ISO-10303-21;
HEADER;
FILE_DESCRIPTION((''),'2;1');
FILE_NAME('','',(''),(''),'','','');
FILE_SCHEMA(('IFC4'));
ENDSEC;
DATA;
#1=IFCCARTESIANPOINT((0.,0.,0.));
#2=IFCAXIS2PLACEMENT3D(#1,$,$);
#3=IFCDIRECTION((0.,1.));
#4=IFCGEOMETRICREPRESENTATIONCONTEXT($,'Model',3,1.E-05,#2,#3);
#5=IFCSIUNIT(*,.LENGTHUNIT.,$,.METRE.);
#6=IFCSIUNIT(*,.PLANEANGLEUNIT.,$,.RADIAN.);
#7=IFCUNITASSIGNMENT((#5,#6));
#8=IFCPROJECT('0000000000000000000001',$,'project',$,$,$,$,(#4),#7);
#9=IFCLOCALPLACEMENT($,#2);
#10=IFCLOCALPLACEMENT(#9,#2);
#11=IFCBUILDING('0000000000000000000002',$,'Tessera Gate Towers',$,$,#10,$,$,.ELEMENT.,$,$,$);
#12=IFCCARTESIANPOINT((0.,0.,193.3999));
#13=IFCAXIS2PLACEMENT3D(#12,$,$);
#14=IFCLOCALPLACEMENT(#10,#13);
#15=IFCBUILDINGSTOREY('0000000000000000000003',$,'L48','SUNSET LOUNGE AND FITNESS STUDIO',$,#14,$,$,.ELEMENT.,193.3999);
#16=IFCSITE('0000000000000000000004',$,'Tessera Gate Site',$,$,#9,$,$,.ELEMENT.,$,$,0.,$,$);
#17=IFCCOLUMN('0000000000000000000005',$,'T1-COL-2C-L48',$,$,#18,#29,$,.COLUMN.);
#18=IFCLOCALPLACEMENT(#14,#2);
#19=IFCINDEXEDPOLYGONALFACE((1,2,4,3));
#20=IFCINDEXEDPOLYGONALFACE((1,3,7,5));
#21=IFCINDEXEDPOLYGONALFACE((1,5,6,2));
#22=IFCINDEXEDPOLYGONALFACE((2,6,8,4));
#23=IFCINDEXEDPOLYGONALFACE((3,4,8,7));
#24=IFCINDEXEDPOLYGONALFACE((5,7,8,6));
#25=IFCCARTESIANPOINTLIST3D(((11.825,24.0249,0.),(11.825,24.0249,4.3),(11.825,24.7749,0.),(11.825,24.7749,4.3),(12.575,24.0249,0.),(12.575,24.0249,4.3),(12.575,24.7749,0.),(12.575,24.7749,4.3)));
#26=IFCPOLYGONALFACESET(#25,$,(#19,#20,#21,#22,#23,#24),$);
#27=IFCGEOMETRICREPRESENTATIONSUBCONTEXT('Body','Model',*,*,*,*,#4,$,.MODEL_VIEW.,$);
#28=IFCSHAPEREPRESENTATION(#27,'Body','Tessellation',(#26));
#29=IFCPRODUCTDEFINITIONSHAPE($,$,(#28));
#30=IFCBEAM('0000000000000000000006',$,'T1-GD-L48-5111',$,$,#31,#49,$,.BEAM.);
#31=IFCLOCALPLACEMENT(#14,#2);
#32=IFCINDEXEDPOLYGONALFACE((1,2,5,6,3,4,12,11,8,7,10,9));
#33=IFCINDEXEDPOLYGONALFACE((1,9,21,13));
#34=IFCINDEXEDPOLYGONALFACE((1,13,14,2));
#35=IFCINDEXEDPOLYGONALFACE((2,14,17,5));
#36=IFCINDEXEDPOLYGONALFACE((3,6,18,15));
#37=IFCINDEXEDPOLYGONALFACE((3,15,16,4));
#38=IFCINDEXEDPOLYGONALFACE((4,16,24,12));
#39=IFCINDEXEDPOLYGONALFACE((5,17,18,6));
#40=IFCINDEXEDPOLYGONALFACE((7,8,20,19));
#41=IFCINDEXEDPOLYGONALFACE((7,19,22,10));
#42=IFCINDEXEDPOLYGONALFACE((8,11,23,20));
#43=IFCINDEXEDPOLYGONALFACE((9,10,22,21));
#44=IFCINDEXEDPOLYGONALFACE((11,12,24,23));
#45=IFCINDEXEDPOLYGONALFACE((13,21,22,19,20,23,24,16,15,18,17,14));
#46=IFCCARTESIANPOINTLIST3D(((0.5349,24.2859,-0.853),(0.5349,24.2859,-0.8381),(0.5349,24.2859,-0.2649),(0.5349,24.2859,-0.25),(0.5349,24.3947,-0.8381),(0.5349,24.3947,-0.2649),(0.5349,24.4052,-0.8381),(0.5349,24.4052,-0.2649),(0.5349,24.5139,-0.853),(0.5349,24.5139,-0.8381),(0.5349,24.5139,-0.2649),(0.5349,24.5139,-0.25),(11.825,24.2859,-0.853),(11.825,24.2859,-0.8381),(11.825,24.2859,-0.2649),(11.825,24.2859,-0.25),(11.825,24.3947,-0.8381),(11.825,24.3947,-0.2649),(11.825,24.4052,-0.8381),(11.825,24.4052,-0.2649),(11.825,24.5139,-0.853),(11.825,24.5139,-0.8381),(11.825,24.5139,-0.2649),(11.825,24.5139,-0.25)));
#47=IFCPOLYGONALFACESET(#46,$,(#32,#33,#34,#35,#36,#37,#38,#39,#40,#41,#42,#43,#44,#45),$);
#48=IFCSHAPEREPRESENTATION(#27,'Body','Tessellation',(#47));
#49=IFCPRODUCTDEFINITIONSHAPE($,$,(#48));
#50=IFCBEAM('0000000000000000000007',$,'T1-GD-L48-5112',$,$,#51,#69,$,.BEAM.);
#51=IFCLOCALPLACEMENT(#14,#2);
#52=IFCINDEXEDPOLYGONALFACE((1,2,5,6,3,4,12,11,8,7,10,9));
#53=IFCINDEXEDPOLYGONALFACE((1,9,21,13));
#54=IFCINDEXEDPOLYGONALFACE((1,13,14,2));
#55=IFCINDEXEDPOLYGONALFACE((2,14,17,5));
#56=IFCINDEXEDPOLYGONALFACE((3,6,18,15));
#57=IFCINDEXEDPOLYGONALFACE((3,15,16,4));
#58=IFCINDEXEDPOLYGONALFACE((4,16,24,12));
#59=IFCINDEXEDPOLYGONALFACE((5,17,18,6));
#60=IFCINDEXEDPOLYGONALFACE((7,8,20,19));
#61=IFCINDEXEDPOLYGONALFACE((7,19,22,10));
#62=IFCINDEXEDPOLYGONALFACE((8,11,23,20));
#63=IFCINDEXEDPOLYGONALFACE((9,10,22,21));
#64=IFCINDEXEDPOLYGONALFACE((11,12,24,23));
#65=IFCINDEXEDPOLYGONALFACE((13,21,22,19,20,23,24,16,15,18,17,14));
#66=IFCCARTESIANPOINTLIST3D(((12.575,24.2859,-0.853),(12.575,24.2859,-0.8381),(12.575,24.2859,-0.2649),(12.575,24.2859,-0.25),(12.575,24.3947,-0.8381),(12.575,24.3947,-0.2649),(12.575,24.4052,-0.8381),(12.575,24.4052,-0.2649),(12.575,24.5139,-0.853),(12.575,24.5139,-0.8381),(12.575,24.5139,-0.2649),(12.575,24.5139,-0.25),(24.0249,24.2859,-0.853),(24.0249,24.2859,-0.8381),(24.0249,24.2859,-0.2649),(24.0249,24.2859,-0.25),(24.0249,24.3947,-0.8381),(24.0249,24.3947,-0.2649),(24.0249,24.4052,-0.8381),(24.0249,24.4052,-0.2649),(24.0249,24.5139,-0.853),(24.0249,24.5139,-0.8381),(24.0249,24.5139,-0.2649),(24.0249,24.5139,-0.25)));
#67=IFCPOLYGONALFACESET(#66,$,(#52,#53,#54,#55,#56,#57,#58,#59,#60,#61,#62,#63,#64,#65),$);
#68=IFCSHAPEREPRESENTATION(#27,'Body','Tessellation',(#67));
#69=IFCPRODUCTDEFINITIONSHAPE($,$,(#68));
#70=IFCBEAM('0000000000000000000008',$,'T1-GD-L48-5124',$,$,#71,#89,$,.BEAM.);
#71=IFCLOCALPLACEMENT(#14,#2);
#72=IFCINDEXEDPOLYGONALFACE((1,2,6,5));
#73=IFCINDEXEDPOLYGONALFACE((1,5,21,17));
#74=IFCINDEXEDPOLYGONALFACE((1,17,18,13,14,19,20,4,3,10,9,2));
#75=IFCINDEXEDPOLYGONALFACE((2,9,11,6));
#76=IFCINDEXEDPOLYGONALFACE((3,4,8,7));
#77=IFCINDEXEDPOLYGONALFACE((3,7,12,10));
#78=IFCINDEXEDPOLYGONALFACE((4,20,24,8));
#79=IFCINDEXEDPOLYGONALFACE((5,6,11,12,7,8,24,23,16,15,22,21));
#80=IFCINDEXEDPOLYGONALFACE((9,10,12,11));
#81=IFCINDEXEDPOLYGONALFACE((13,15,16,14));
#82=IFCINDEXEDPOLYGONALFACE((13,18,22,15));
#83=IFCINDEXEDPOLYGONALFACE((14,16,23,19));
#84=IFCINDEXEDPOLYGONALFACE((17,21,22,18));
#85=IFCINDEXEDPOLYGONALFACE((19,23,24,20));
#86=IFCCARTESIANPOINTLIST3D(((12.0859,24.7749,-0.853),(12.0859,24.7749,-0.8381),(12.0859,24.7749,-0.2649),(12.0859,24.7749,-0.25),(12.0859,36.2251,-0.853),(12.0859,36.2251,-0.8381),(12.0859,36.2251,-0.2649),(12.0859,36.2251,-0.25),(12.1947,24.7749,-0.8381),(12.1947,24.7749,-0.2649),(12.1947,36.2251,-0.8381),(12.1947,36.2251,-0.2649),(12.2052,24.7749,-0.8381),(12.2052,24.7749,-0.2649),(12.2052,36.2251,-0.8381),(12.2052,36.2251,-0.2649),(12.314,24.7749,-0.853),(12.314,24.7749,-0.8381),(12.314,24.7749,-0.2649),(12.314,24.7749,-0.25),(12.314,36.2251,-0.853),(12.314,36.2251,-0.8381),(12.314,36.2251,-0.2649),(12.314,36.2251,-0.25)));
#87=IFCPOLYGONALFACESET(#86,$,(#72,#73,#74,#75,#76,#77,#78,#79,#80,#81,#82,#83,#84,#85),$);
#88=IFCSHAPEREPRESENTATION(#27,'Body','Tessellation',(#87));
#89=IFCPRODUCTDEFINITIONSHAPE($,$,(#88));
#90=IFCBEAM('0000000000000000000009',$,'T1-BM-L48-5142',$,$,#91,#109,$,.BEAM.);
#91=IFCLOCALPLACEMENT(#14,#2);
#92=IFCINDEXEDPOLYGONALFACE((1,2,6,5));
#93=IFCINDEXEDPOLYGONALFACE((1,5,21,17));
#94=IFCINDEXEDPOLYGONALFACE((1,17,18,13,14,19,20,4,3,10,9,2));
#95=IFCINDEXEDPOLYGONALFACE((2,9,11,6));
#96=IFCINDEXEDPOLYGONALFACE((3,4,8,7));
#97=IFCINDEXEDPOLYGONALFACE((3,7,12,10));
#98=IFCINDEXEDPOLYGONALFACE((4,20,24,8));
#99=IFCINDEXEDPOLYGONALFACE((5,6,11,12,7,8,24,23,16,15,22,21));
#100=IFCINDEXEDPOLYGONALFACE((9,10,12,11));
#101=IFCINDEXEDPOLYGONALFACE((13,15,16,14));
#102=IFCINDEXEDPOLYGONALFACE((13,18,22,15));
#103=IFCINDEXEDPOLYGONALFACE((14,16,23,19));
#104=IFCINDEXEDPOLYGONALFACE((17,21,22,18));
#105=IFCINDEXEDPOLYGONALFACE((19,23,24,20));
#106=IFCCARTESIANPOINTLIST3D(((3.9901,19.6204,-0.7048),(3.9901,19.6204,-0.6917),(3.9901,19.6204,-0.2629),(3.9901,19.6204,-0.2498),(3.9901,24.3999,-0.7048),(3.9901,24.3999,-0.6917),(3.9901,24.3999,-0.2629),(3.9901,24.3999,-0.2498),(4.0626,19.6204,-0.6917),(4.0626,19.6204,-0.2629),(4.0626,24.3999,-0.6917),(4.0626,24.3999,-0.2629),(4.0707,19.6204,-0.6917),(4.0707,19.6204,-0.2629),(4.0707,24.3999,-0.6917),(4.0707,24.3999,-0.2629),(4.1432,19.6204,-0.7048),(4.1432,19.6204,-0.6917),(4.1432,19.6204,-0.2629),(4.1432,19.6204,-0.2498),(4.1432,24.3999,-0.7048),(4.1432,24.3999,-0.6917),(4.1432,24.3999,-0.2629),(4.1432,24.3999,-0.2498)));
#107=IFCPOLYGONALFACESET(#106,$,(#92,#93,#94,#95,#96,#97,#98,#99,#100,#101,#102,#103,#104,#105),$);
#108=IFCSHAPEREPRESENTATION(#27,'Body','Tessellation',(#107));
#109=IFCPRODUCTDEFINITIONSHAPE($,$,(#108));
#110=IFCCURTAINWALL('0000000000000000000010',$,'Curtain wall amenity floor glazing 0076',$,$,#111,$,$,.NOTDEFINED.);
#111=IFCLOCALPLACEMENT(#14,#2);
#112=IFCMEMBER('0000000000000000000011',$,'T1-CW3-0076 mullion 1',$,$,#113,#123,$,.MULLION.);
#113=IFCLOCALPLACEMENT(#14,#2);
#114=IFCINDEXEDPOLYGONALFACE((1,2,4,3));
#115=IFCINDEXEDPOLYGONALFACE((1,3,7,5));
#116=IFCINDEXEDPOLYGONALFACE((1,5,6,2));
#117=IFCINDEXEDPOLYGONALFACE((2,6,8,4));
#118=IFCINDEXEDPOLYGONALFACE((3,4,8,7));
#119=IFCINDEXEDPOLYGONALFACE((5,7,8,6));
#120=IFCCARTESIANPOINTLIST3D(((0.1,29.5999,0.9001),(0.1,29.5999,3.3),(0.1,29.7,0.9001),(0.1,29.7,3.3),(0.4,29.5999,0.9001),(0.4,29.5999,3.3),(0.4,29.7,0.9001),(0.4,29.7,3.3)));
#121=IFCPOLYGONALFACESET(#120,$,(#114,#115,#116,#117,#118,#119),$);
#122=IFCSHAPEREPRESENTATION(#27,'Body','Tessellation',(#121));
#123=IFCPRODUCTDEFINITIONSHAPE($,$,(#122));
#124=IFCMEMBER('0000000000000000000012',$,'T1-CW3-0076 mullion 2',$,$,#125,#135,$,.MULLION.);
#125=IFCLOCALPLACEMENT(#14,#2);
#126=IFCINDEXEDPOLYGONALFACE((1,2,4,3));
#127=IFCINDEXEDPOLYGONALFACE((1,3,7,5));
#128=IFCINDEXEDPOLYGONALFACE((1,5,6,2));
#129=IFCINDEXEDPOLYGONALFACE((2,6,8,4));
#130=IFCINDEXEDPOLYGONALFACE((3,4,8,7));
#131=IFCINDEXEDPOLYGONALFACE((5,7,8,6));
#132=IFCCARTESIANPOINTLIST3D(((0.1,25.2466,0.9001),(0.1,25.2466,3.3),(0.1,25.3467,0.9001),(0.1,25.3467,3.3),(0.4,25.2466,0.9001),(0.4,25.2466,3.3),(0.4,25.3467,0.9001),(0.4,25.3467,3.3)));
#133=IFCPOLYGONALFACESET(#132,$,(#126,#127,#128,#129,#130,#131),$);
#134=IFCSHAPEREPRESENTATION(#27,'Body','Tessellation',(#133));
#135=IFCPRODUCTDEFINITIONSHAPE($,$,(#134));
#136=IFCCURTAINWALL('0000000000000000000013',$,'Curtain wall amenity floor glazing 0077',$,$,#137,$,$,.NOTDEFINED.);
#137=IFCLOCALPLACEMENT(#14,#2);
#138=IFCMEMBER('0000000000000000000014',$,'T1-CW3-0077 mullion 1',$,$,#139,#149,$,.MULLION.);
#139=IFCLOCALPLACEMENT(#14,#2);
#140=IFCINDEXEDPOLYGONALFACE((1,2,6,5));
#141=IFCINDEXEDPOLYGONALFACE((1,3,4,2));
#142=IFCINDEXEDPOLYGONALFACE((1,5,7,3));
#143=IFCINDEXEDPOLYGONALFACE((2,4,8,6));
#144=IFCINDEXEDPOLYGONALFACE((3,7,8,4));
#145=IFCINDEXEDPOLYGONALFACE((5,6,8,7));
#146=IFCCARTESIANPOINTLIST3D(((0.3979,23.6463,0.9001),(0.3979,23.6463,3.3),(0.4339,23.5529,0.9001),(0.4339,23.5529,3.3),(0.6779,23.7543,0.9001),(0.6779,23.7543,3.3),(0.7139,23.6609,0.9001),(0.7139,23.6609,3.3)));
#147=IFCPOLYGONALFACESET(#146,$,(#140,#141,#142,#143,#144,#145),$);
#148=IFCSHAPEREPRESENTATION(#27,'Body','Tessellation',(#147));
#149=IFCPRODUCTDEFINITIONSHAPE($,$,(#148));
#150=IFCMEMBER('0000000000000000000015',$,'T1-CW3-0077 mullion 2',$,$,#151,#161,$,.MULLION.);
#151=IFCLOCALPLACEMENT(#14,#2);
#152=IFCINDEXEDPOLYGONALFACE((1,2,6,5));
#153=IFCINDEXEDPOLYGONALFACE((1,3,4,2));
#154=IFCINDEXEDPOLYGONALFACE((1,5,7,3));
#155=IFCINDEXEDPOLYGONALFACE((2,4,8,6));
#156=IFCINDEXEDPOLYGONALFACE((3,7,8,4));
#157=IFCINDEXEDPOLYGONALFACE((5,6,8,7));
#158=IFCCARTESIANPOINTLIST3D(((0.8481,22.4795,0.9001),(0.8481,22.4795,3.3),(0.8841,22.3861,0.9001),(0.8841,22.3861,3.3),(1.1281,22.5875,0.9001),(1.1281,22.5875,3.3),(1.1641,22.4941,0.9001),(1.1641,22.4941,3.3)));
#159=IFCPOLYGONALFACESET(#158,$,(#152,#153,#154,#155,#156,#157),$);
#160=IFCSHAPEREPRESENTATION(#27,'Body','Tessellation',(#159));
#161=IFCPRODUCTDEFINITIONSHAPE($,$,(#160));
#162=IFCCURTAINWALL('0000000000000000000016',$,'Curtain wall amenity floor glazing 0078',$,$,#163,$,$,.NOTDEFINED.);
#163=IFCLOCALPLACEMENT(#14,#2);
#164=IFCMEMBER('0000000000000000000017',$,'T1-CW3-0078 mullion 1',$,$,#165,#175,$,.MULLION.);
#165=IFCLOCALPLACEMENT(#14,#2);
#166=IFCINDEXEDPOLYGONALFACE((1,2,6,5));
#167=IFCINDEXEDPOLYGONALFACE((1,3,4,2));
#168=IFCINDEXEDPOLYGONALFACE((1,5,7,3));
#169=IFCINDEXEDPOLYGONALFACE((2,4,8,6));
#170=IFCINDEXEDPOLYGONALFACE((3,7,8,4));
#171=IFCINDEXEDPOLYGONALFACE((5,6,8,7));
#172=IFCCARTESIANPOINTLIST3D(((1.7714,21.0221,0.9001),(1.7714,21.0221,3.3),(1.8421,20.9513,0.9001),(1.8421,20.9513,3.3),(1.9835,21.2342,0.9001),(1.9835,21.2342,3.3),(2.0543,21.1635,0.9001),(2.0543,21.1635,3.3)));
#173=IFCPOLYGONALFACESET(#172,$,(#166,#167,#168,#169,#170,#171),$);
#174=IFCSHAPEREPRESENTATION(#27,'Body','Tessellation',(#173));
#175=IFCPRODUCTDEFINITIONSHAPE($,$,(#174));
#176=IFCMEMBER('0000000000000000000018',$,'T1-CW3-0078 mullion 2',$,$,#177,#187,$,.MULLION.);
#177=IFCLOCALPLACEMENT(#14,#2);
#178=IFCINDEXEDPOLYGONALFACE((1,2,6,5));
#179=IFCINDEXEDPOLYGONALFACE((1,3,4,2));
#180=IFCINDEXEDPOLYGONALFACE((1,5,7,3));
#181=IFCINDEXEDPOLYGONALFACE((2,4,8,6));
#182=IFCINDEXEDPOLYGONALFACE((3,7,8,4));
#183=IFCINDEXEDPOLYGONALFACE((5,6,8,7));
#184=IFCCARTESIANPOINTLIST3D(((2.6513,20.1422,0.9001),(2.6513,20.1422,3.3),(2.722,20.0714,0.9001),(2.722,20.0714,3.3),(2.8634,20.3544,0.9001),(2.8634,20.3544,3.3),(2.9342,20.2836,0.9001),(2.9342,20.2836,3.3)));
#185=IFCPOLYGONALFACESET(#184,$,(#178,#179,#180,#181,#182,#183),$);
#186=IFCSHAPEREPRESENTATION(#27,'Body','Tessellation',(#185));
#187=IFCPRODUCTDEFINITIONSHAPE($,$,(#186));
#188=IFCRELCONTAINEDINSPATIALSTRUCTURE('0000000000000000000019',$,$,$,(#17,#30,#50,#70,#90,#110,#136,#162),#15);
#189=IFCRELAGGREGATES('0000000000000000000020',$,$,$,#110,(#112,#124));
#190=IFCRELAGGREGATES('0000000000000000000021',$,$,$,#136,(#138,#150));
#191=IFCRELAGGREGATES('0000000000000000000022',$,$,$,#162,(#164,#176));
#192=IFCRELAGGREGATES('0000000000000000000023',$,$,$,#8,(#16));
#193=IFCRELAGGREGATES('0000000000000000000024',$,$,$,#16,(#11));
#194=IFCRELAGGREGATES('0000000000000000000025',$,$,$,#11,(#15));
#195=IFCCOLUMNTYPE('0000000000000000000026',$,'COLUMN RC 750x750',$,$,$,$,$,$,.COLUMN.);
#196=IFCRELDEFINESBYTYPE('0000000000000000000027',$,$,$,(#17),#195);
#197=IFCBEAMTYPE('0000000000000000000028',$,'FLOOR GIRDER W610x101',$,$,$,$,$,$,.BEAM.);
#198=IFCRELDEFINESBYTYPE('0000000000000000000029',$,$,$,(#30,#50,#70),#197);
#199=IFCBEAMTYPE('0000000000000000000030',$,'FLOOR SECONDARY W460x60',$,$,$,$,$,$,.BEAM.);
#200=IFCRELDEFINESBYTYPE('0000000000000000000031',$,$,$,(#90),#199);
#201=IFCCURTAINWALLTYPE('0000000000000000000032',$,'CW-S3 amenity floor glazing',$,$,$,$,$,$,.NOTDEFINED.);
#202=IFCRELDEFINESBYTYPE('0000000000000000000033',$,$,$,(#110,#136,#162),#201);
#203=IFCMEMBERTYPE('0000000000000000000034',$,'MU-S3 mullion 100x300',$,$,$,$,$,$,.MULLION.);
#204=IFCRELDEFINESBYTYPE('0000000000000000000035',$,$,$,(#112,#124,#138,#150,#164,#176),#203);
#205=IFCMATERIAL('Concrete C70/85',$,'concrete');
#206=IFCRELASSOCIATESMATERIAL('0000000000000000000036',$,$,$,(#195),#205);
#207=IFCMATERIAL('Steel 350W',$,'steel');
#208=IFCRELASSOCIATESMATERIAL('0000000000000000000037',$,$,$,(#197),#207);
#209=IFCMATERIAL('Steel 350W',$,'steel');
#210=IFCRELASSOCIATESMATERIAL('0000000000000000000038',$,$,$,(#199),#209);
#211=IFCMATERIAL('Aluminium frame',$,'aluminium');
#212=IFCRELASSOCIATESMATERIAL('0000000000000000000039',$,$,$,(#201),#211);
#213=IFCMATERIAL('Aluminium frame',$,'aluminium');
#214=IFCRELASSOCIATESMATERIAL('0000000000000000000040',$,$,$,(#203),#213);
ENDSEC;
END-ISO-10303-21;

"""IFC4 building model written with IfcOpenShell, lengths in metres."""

from ifc_helpers import new_model, si_unit, direction, frame, origin, origin_2d, place, context, subcontext, project, spatial, rectangle, i_section, extrude, material, material_profile, profile_set, type_object, element, aggregate, save


model = new_model("IFC4")

# Units and contexts
model_context = context("Model", 3, precision=1e-05, world=origin(), true_north=direction((0.0, 1.0)))
body_context = subcontext(model_context, "Body", "Model", "MODEL_VIEW")
ifc_project = project(units=[si_unit("LENGTHUNIT", "METRE"), si_unit("PLANEANGLEUNIT", "RADIAN")], contexts=[model_context])

# Site, building, storey
site_placement = place(None, origin())
site = spatial("IfcSite", under=ifc_project, at=site_placement, Name="Tessera Gate Site", CompositionType="ELEMENT", RefElevation=0.0)
building_placement = place(site_placement, origin())
building = spatial("IfcBuilding", under=site, at=building_placement, Name="Tessera Gate Towers", CompositionType="ELEMENT")
storey_placement = place(building_placement, frame((0.0, 0.0, 193.3999)))
storey = spatial("IfcBuildingStorey", under=building, at=storey_placement, Name="L48", Description="SUNSET LOUNGE AND FITNESS STUDIO", CompositionType="ELEMENT", Elevation=193.3999)

# Column
ifc_material_1 = material(Name="Concrete C70/85", Category="concrete")
ifc_material_profile_1 = material_profile(ifc_material_1, rectangle(XDim=0.75, YDim=0.75, at=origin_2d()), Name="RC 750x750")
ifc_profile_set_1 = profile_set([ifc_material_profile_1], Name="Concrete C70/85")
column_type = type_object("IfcColumnType", Name="COLUMN RC 750x750", PredefinedType="COLUMN", material=ifc_profile_set_1)
column_placement = place(storey_placement, frame((12.2, 24.3999, 0.0), z_axis=(0.0, 0.0, 1.0), x_axis=(1.0, 0.0, 0.0)))
element("IfcColumn", 1, at=column_placement, inside=storey, type_object=column_type, Name="T1-COL-2C-L48", PredefinedType="COLUMN", context=body_context, shape_type="SweptSolid", body=[
    extrude(rectangle(XDim=0.75, YDim=0.75, at=origin_2d()), origin(), (0.0, 0.0, 1.0), 4.3),
])

# Beams
ifc_material_2 = material(Name="Steel 350W", Category="steel")
ifc_material_profile_2 = material_profile(ifc_material_2, i_section(OverallWidth=0.228, OverallDepth=0.603, WebThickness=0.0105, FlangeThickness=0.0149, at=origin_2d()), Name="W610x101")
ifc_profile_set_2 = profile_set([ifc_material_profile_2], Name="Steel 350W")
beam_type_1 = type_object("IfcBeamType", Name="FLOOR GIRDER W610x101", PredefinedType="BEAM", material=ifc_profile_set_2)
beam_1_placement = place(storey_placement, frame((0.5349, 24.3999, -0.5515), z_axis=(1.0, 0.0, 0.0), x_axis=(0.0, 1.0, 0.0)))
element("IfcBeam", 2, at=beam_1_placement, inside=storey, type_object=beam_type_1, Name="T1-GD-L48-5111", PredefinedType="BEAM", context=body_context, shape_type="SweptSolid", body=[
    extrude(i_section(OverallWidth=0.228, OverallDepth=0.603, WebThickness=0.0105, FlangeThickness=0.0149, at=origin_2d()), origin(), (0.0, 0.0, 1.0), 11.29),
])
beam_2_placement = place(storey_placement, frame((12.575, 24.3999, -0.5515), z_axis=(1.0, 0.0, 0.0), x_axis=(0.0, 1.0, 0.0)))
element("IfcBeam", 3, at=beam_2_placement, inside=storey, type_object=beam_type_1, Name="T1-GD-L48-5112", PredefinedType="BEAM", context=body_context, shape_type="SweptSolid", body=[
    extrude(i_section(OverallWidth=0.228, OverallDepth=0.603, WebThickness=0.0105, FlangeThickness=0.0149, at=origin_2d()), origin(), (0.0, 0.0, 1.0), 11.45),
])
beam_3_placement = place(storey_placement, frame((12.2, 24.7749, -0.5515), z_axis=(0.0, 1.0, 0.0), x_axis=(-1.0, 0.0, 0.0)))
element("IfcBeam", 4, at=beam_3_placement, inside=storey, type_object=beam_type_1, Name="T1-GD-L48-5124", PredefinedType="BEAM", context=body_context, shape_type="SweptSolid", body=[
    extrude(i_section(OverallWidth=0.228, OverallDepth=0.603, WebThickness=0.0105, FlangeThickness=0.0149, at=origin_2d()), origin(), (0.0, 0.0, 1.0), 11.4502),
])
ifc_material_3 = material(Name="Steel 350W", Category="steel")
ifc_material_profile_3 = material_profile(ifc_material_3, i_section(OverallWidth=0.1531, OverallDepth=0.4551, WebThickness=0.0081, FlangeThickness=0.0132, at=origin_2d()), Name="W460x60")
ifc_profile_set_3 = profile_set([ifc_material_profile_3], Name="Steel 350W")
beam_type_2 = type_object("IfcBeamType", Name="FLOOR SECONDARY W460x60", PredefinedType="BEAM", material=ifc_profile_set_3)
beam_4_placement = place(storey_placement, frame((4.0667, 19.6204, -0.4773), z_axis=(0.0, 1.0, 0.0), x_axis=(-1.0, 0.0, 0.0)))
element("IfcBeam", 5, at=beam_4_placement, inside=storey, type_object=beam_type_2, Name="T1-BM-L48-5142", PredefinedType="BEAM", context=body_context, shape_type="SweptSolid", body=[
    extrude(i_section(OverallWidth=0.1531, OverallDepth=0.4551, WebThickness=0.0081, FlangeThickness=0.0132, at=origin_2d()), origin(), (0.0, 0.0, 1.0), 4.7795),
])

# Curtain walls, members
ifc_material_4 = material(Name="Aluminium frame", Category="aluminium")
curtain_wall_type = type_object("IfcCurtainWallType", Name="CW-S3 amenity floor glazing", PredefinedType="NOTDEFINED", material=ifc_material_4)
curtain_wall_1_placement = place(storey_placement, origin())
curtain_wall_1 = element("IfcCurtainWall", 6, at=curtain_wall_1_placement, inside=storey, type_object=curtain_wall_type, Name="Curtain wall amenity floor glazing 0076", PredefinedType="NOTDEFINED")
ifc_material_5 = material(Name="Aluminium frame", Category="aluminium")
ifc_material_profile_4 = material_profile(ifc_material_5, rectangle(XDim=0.1001, YDim=0.3, at=origin_2d()), Name="AL 100x300")
ifc_profile_set_4 = profile_set([ifc_material_profile_4], Name="Aluminium frame")
member_type_1 = type_object("IfcMemberType", Name="MU-S3 mullion 100x300", PredefinedType="MULLION", material=ifc_profile_set_4)
member_1_placement = place(storey_placement, frame((0.25, 29.6499, 0.9001), z_axis=(0.0, 0.0, 1.0), x_axis=(0.0, -1.0, 0.0)))
member_1 = element("IfcMember", 7, at=member_1_placement, type_object=member_type_1, Name="T1-CW3-0076 mullion 1", PredefinedType="MULLION", context=body_context, shape_type="SweptSolid", body=[
    extrude(rectangle(XDim=0.1001, YDim=0.3, at=origin_2d()), origin(), (0.0, 0.0, 1.0), 2.3999),
])
member_2_placement = place(storey_placement, frame((0.25, 25.2966, 0.9001), z_axis=(0.0, 0.0, 1.0), x_axis=(0.0, -1.0, 0.0)))
member_2 = element("IfcMember", 8, at=member_2_placement, type_object=member_type_1, Name="T1-CW3-0076 mullion 2", PredefinedType="MULLION", context=body_context, shape_type="SweptSolid", body=[
    extrude(rectangle(XDim=0.1001, YDim=0.3, at=origin_2d()), origin(), (0.0, 0.0, 1.0), 2.3999),
])
curtain_wall_2_placement = place(storey_placement, origin())
curtain_wall_2 = element("IfcCurtainWall", 9, at=curtain_wall_2_placement, inside=storey, type_object=curtain_wall_type, Name="Curtain wall amenity floor glazing 0077", PredefinedType="NOTDEFINED")
member_3_placement = place(storey_placement, frame((0.5559, 23.6536, 0.9001), z_axis=(0.0, 0.0, 1.0), x_axis=(0.359904, -0.932989, 0.0)))
member_3 = element("IfcMember", 10, at=member_3_placement, type_object=member_type_1, Name="T1-CW3-0077 mullion 1", PredefinedType="MULLION", context=body_context, shape_type="SweptSolid", body=[
    extrude(rectangle(XDim=0.1001, YDim=0.3, at=origin_2d()), origin(), (0.0, 0.0, 1.0), 2.3999),
])
member_4_placement = place(storey_placement, frame((1.0061, 22.4868, 0.9001), z_axis=(0.0, 0.0, 1.0), x_axis=(0.359904, -0.932989, 0.0)))
member_4 = element("IfcMember", 11, at=member_4_placement, type_object=member_type_1, Name="T1-CW3-0077 mullion 2", PredefinedType="MULLION", context=body_context, shape_type="SweptSolid", body=[
    extrude(rectangle(XDim=0.1001, YDim=0.3, at=origin_2d()), origin(), (0.0, 0.0, 1.0), 2.3999),
])
curtain_wall_3_placement = place(storey_placement, origin())
curtain_wall_3 = element("IfcCurtainWall", 12, at=curtain_wall_3_placement, inside=storey, type_object=curtain_wall_type, Name="Curtain wall amenity floor glazing 0078", PredefinedType="NOTDEFINED")
member_5_placement = place(storey_placement, frame((1.9128, 21.0928, 0.9001), z_axis=(0.0, 0.0, 1.0), x_axis=(0.707107, -0.707107, 0.0)))
member_5 = element("IfcMember", 13, at=member_5_placement, type_object=member_type_1, Name="T1-CW3-0078 mullion 1", PredefinedType="MULLION", context=body_context, shape_type="SweptSolid", body=[
    extrude(rectangle(XDim=0.1001, YDim=0.3, at=origin_2d()), origin(), (0.0, 0.0, 1.0), 2.3999),
])
member_6_placement = place(storey_placement, frame((2.7927, 20.2129, 0.9001), z_axis=(0.0, 0.0, 1.0), x_axis=(0.707107, -0.707107, 0.0)))
member_6 = element("IfcMember", 14, at=member_6_placement, type_object=member_type_1, Name="T1-CW3-0078 mullion 2", PredefinedType="MULLION", context=body_context, shape_type="SweptSolid", body=[
    extrude(rectangle(XDim=0.1001, YDim=0.3, at=origin_2d()), origin(), (0.0, 0.0, 1.0), 2.3999),
])

aggregate(curtain_wall_1, [member_1, member_2])
aggregate(curtain_wall_2, [member_3, member_4])
aggregate(curtain_wall_3, [member_5, member_6])

save(model, "model.ifc")
